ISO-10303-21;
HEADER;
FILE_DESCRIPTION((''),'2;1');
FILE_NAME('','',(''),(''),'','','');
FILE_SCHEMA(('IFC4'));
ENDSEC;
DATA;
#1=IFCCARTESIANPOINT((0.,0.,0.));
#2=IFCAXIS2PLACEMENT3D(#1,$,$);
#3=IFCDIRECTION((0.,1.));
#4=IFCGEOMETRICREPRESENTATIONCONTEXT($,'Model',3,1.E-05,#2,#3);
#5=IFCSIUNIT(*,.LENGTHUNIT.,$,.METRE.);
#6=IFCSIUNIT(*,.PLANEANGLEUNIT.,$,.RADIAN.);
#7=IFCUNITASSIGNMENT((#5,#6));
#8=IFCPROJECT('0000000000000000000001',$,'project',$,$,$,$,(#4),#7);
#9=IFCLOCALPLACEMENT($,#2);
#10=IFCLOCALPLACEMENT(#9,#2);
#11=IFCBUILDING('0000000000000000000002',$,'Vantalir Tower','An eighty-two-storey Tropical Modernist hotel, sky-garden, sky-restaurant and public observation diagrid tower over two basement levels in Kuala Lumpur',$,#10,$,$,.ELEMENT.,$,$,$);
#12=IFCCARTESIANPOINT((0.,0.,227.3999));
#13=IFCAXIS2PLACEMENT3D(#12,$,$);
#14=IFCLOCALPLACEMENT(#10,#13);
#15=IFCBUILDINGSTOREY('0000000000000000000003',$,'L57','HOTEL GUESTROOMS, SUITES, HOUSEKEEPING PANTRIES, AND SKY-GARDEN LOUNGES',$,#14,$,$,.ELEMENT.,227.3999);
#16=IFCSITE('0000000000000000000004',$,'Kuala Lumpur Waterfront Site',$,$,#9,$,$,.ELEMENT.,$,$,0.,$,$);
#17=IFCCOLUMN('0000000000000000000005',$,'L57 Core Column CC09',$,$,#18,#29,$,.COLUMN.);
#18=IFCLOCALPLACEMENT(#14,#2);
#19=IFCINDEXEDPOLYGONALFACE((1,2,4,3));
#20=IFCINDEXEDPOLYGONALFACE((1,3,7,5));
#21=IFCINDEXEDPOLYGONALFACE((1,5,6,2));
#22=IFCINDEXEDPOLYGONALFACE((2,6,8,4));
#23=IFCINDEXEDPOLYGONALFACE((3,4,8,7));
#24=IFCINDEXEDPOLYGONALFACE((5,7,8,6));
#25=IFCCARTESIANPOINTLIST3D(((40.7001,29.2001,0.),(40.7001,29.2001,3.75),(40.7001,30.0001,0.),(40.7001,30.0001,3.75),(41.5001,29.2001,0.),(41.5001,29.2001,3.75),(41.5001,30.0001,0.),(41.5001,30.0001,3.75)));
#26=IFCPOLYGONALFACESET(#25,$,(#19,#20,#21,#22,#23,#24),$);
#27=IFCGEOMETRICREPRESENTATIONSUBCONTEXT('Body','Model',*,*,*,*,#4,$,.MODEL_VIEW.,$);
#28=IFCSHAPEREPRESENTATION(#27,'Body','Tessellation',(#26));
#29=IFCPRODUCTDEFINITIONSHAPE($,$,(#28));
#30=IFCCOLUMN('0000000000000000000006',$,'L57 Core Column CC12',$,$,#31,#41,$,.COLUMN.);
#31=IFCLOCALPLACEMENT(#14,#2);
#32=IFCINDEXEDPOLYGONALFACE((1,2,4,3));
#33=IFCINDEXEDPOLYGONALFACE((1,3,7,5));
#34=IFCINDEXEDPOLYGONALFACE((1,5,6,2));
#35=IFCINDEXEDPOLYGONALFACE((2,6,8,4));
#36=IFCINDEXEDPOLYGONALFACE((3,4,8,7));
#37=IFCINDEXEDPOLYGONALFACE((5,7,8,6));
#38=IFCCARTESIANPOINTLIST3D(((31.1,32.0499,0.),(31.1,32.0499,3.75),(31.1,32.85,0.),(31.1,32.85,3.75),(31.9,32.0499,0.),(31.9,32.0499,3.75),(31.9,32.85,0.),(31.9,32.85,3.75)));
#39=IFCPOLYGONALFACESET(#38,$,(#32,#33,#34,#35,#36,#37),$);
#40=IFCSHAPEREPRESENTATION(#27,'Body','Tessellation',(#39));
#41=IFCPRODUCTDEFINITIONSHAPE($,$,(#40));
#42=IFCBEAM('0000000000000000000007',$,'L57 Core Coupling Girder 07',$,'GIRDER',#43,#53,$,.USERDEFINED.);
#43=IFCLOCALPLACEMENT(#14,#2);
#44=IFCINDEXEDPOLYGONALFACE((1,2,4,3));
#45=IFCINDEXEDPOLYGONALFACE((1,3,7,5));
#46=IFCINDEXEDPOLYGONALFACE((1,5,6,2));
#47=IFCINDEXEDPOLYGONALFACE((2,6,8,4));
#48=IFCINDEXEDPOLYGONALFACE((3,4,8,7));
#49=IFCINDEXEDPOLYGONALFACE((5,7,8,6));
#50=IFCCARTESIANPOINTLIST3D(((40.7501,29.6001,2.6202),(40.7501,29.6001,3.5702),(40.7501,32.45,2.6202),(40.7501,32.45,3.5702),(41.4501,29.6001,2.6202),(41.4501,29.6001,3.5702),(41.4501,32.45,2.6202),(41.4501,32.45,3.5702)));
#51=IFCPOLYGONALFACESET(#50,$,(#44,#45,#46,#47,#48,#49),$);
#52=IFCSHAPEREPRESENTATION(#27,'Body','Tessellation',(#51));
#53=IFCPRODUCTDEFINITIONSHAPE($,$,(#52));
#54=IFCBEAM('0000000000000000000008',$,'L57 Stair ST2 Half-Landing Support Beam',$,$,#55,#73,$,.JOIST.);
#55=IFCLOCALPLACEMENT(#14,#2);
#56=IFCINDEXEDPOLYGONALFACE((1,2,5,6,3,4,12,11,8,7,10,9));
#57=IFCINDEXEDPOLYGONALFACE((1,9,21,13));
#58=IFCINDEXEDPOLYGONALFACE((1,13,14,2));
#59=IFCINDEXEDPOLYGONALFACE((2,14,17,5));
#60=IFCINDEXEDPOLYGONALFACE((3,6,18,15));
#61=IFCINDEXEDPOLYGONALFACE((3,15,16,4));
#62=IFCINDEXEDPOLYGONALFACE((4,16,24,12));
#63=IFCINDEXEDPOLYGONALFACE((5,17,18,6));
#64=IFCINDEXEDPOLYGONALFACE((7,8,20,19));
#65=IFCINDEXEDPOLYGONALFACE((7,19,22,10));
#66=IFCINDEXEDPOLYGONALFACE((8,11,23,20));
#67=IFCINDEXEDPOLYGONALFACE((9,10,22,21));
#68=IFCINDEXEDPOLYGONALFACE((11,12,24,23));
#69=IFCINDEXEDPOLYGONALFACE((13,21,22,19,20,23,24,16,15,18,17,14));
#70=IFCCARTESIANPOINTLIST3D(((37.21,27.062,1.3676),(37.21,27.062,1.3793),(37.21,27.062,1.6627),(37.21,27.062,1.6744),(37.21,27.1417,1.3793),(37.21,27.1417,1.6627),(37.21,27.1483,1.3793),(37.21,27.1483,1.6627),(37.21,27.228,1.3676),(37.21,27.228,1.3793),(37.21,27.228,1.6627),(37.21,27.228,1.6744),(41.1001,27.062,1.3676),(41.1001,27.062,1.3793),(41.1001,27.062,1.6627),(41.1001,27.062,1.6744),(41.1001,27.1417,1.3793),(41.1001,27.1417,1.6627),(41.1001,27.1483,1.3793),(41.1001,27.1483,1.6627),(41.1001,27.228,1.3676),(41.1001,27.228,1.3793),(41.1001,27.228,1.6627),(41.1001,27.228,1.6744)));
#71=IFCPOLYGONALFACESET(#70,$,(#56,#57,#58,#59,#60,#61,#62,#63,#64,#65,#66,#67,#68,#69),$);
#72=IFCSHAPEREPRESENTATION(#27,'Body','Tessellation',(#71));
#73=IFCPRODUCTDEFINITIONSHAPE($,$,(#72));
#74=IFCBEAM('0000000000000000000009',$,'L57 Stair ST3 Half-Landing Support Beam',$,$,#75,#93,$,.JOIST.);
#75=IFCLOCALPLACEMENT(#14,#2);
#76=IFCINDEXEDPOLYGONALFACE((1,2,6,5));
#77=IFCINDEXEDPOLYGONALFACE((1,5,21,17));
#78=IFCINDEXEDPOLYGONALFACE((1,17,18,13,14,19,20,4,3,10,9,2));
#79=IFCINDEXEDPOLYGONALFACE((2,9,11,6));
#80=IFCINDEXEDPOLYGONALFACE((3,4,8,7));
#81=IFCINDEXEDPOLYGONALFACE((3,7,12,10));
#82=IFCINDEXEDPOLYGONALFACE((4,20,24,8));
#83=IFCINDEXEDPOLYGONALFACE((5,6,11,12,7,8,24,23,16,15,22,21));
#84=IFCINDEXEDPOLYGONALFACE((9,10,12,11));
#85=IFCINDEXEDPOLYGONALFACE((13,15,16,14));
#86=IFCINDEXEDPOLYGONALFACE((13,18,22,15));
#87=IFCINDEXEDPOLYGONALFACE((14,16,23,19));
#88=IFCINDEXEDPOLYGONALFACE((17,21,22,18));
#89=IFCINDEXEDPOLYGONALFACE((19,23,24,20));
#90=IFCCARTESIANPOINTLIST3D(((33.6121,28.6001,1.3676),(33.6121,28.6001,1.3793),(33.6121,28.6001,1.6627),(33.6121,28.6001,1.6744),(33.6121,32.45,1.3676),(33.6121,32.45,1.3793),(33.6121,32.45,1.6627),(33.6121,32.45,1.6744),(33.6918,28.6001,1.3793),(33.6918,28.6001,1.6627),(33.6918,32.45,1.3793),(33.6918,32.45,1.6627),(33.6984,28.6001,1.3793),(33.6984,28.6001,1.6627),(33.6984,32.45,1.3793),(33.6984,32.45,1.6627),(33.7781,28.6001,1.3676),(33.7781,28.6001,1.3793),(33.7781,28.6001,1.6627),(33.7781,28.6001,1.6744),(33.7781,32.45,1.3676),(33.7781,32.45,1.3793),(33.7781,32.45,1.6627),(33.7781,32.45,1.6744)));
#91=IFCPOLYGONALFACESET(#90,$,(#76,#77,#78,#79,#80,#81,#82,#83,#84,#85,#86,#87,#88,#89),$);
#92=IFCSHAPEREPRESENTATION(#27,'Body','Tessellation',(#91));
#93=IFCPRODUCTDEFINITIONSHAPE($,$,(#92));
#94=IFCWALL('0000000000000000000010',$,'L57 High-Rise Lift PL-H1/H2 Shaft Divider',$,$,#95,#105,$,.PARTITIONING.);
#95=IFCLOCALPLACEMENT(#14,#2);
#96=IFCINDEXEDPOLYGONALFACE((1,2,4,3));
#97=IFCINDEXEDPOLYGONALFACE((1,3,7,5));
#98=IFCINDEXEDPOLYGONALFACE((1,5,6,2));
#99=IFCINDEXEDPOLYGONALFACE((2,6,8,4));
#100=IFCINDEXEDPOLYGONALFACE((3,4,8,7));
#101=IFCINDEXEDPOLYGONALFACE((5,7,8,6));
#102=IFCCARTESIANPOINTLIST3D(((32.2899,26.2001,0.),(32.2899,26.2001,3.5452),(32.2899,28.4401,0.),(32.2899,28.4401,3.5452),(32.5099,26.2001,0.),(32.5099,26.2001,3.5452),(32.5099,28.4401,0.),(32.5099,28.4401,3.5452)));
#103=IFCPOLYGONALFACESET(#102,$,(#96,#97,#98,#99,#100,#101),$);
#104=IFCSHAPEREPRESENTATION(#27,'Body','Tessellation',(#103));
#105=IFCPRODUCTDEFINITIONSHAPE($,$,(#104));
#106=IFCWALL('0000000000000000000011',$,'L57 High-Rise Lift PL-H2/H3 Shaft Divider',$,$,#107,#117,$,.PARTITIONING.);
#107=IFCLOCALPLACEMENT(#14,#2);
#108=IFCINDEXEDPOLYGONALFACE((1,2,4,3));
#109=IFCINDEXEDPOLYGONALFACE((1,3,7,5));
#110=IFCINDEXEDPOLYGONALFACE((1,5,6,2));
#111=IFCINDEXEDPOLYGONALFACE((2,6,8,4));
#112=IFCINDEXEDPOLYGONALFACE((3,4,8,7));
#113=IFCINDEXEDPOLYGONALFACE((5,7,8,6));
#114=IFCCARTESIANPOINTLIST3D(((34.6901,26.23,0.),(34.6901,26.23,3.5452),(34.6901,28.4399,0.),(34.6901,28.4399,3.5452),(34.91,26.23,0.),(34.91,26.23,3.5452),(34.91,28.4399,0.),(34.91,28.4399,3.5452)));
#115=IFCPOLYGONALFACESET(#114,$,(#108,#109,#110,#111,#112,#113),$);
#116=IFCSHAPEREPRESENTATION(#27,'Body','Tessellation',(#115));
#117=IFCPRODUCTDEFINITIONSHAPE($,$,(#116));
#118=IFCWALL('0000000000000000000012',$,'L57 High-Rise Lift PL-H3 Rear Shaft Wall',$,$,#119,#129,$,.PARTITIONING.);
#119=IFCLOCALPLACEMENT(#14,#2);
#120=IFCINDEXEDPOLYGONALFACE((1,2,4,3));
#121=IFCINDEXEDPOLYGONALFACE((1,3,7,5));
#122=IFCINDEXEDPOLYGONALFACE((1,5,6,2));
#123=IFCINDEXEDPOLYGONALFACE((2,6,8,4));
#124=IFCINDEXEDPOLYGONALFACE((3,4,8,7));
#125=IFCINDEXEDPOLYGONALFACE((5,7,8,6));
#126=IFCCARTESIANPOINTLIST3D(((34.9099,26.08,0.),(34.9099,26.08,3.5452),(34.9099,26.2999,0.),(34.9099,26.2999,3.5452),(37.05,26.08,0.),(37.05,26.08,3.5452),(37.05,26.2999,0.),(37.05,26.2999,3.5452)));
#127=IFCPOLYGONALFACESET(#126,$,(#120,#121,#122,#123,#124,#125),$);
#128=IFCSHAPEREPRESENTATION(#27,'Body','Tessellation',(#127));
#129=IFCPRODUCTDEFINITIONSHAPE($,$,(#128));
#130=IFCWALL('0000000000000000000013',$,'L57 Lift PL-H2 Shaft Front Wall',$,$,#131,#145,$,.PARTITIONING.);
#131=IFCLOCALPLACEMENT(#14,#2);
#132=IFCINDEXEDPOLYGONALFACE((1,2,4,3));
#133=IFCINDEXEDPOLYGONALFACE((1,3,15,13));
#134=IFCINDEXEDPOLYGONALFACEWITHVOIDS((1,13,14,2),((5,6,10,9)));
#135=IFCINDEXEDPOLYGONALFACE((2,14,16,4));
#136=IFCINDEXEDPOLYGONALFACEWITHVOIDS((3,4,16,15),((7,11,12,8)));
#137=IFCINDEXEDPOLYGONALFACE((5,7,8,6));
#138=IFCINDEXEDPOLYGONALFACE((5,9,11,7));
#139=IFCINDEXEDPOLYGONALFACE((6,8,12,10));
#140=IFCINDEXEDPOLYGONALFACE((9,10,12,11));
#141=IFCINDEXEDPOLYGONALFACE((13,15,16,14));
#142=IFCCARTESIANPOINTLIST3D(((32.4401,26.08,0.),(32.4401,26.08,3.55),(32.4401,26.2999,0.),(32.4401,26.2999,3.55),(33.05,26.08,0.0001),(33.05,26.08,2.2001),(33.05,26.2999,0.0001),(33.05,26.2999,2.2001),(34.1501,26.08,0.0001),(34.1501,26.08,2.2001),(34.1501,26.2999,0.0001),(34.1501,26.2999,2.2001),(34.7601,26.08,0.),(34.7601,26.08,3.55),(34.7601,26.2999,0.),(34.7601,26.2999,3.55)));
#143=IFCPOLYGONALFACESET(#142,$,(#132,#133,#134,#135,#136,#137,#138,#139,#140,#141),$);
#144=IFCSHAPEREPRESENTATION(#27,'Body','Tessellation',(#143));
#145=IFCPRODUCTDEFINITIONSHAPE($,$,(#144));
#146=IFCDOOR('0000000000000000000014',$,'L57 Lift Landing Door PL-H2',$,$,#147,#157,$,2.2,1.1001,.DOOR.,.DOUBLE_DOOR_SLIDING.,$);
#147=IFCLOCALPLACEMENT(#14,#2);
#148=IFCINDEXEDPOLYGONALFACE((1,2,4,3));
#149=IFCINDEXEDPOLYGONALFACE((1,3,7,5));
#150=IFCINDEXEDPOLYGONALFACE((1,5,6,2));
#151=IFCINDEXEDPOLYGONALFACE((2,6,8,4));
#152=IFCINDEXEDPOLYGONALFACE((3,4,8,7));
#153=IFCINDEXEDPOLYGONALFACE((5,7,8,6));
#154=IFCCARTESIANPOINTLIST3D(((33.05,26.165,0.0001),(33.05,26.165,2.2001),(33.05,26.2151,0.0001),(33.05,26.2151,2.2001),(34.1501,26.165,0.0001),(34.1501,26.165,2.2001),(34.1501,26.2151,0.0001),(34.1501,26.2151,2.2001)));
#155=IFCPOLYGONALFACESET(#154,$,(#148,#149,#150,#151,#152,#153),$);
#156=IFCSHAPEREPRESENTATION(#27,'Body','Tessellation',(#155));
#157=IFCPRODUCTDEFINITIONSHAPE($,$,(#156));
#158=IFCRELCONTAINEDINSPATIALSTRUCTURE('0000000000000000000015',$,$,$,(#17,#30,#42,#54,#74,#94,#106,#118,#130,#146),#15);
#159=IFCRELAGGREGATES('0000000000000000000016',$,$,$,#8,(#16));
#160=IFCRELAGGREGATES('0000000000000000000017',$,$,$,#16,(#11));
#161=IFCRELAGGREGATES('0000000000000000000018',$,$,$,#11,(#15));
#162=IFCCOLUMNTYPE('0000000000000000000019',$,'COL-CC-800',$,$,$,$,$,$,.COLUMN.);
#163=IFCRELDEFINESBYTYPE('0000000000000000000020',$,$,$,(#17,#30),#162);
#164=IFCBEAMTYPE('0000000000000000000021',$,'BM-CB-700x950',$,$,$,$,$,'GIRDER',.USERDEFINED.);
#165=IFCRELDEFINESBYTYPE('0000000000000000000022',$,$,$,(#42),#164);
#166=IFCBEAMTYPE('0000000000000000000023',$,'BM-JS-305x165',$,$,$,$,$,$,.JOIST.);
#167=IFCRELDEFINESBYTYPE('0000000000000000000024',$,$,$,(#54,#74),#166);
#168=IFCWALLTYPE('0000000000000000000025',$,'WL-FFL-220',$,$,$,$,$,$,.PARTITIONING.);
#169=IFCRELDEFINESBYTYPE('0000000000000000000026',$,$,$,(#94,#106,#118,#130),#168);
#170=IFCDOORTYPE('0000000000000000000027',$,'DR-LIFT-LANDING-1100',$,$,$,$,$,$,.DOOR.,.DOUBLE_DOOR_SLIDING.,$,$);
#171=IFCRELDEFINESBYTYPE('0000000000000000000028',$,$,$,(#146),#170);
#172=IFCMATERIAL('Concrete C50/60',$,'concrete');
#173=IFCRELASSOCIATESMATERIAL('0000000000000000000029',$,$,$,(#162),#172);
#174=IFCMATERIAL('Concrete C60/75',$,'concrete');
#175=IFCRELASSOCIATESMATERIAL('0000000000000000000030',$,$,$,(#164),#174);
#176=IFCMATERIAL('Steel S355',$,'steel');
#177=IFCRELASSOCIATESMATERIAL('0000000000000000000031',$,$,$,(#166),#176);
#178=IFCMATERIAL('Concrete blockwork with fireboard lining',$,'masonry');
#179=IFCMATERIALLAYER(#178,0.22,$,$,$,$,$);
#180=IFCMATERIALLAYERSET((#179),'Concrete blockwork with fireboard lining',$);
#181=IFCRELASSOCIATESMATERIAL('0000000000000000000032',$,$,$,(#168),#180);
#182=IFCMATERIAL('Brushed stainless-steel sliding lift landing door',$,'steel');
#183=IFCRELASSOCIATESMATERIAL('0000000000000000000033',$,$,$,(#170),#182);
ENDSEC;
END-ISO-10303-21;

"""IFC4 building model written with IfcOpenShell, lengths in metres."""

from ifc_helpers import new_model, si_unit, direction, frame, frame_2d, origin, origin_2d, place, context, subcontext, project, spatial, rectangle, i_section, extrude, material, layer, layer_set, material_profile, profile_set, type_object, element, fill, save


model = new_model("IFC4")

# Units and contexts
model_context = context("Model", 3, precision=1e-05, world=origin(), true_north=direction((0.0, 1.0)))
body_context = subcontext(model_context, "Body", "Model", "MODEL_VIEW")
ifc_project = project(units=[si_unit("LENGTHUNIT", "METRE"), si_unit("PLANEANGLEUNIT", "RADIAN")], contexts=[model_context])

# Site, building, storey
site_placement = place(None, origin())
site = spatial("IfcSite", under=ifc_project, at=site_placement, Name="Kuala Lumpur Waterfront Site", CompositionType="ELEMENT", RefElevation=0.0)
building_placement = place(site_placement, origin())
building = spatial("IfcBuilding", under=site, at=building_placement, Name="Vantalir Tower", Description="An eighty-two-storey Tropical Modernist hotel, sky-garden, sky-restaurant and public observation diagrid tower over two basement levels in Kuala Lumpur", CompositionType="ELEMENT")
storey_placement = place(building_placement, frame((0.0, 0.0, 227.3999)))
storey = spatial("IfcBuildingStorey", under=building, at=storey_placement, Name="L57", Description="HOTEL GUESTROOMS, SUITES, HOUSEKEEPING PANTRIES, AND SKY-GARDEN LOUNGES", CompositionType="ELEMENT", Elevation=227.3999)

# Columns
ifc_material_1 = material(Name="Concrete C50/60", Category="concrete")
ifc_material_profile_1 = material_profile(ifc_material_1, rectangle(XDim=0.8, YDim=0.8, at=origin_2d()), Name="Concrete C50/60")
ifc_profile_set_1 = profile_set([ifc_material_profile_1], Name="Concrete C50/60")
column_type = type_object("IfcColumnType", Name="COL-CC-800", PredefinedType="COLUMN", material=ifc_profile_set_1)
for number, where, z_axis, x_axis, name in (
    (1, (41.1001, 29.6001, 0.0), (0.0, 0.0, 1.0), (1.0, 0.0, 0.0), "L57 Core Column CC09"),
    (2, (31.5, 32.45, 0.0), (0.0, 0.0, 1.0), (1.0, 0.0, 0.0), "L57 Core Column CC12"),
):
    element("IfcColumn", number, at=place(storey_placement, frame(where, z_axis=z_axis, x_axis=x_axis)), inside=storey, type_object=column_type, Name=name, PredefinedType="COLUMN", context=body_context, shape_type="SweptSolid", body=[
        extrude(rectangle(XDim=0.8, YDim=0.8, at=origin_2d()), origin(), (0.0, 0.0, 1.0), 3.75),
    ])

# Beams
ifc_material_2 = material(Name="Concrete C60/75", Category="concrete")
ifc_material_profile_2 = material_profile(ifc_material_2, rectangle(XDim=0.7, YDim=0.95, at=origin_2d()), Name="Concrete C60/75")
ifc_profile_set_2 = profile_set([ifc_material_profile_2], Name="Concrete C60/75")
beam_type_1 = type_object("IfcBeamType", Name="BM-CB-700x950", ElementType="GIRDER", PredefinedType="USERDEFINED", material=ifc_profile_set_2)
beam_1_placement = place(storey_placement, frame((41.1001, 29.6001, 3.0952), z_axis=(0.0, 1.0, 0.0), x_axis=(-1.0, 0.0, 0.0)))
element("IfcBeam", 3, at=beam_1_placement, inside=storey, type_object=beam_type_1, Name="L57 Core Coupling Girder 07", ObjectType="GIRDER", PredefinedType="USERDEFINED", context=body_context, shape_type="SweptSolid", body=[
    extrude(rectangle(XDim=0.7, YDim=0.95, at=origin_2d()), origin(), (0.0, 0.0, 1.0), 2.8499),
])
ifc_material_3 = material(Name="Steel S355", Category="steel")
ifc_material_profile_3 = material_profile(ifc_material_3, i_section(OverallWidth=0.166, OverallDepth=0.3069, WebThickness=0.0066, FlangeThickness=0.0117, at=origin_2d()), Name="Steel S355")
ifc_profile_set_3 = profile_set([ifc_material_profile_3], Name="Steel S355")
beam_type_2 = type_object("IfcBeamType", Name="BM-JS-305x165", PredefinedType="JOIST", material=ifc_profile_set_3)
beam_2_placement = place(storey_placement, frame((37.21, 27.145, 1.521), z_axis=(1.0, 0.0, 0.0), x_axis=(0.0, 1.0, 0.0)))
element("IfcBeam", 4, at=beam_2_placement, inside=storey, type_object=beam_type_2, Name="L57 Stair ST2 Half-Landing Support Beam", PredefinedType="JOIST", context=body_context, shape_type="SweptSolid", body=[
    extrude(i_section(OverallWidth=0.166, OverallDepth=0.3069, WebThickness=0.0066, FlangeThickness=0.0117, at=origin_2d()), origin(), (0.0, 0.0, 1.0), 3.8901),
])
beam_3_placement = place(storey_placement, frame((33.6951, 28.6001, 1.521), z_axis=(0.0, 1.0, 0.0), x_axis=(-1.0, 0.0, 0.0)))
element("IfcBeam", 5, at=beam_3_placement, inside=storey, type_object=beam_type_2, Name="L57 Stair ST3 Half-Landing Support Beam", PredefinedType="JOIST", context=body_context, shape_type="SweptSolid", body=[
    extrude(i_section(OverallWidth=0.166, OverallDepth=0.3069, WebThickness=0.0066, FlangeThickness=0.0117, at=origin_2d()), origin(), (0.0, 0.0, 1.0), 3.8499),
])

# Walls
ifc_material_4 = material(Name="Concrete blockwork with fireboard lining", Category="masonry")
ifc_layer_1 = layer(ifc_material_4, 0.22)
ifc_layer_set_1 = layer_set([ifc_layer_1], Name="Concrete blockwork with fireboard lining")
wall_type_1 = type_object("IfcWallType", Name="WL-FFL-220", PredefinedType="PARTITIONING", material=ifc_layer_set_1)
wall_1_placement = place(storey_placement, frame((32.3999, 26.2, 0.0), z_axis=(0.0, 0.0, 1.0), x_axis=(0.0, 1.0, 0.0)))
element("IfcWall", 6, at=wall_1_placement, inside=storey, type_object=wall_type_1, Name="L57 High-Rise Lift PL-H1/H2 Shaft Divider", PredefinedType="PARTITIONING", context=body_context, shape_type="SweptSolid", body=[
    extrude(rectangle(XDim=2.24, YDim=0.22, at=frame_2d((1.1201, 0.0))), origin(), (0.0, 0.0, 1.0), 3.5452),
])
wall_2_placement = place(storey_placement, frame((34.8, 26.23, 0.0), z_axis=(0.0, 0.0, 1.0), x_axis=(0.0, 1.0, 0.0)))
element("IfcWall", 7, at=wall_2_placement, inside=storey, type_object=wall_type_1, Name="L57 High-Rise Lift PL-H2/H3 Shaft Divider", PredefinedType="PARTITIONING", context=body_context, shape_type="SweptSolid", body=[
    extrude(rectangle(XDim=2.21, YDim=0.22, at=frame_2d((1.105, 0.0))), origin(), (0.0, 0.0, 1.0), 3.5452),
])
wall_3_placement = place(storey_placement, frame((34.9099, 26.1899, 0.0), z_axis=(0.0, 0.0, 1.0), x_axis=(1.0, 0.0, 0.0)))
element("IfcWall", 8, at=wall_3_placement, inside=storey, type_object=wall_type_1, Name="L57 High-Rise Lift PL-H3 Rear Shaft Wall", PredefinedType="PARTITIONING", context=body_context, shape_type="SweptSolid", body=[
    extrude(rectangle(XDim=2.1401, YDim=0.22, at=frame_2d((1.0701, 0.0))), origin(), (0.0, 0.0, 1.0), 3.5452),
])

# Wall, opening, door
wall_4_placement = place(storey_placement, frame((32.4399, 26.1899, 0.0), z_axis=(0.0, 0.0, 1.0), x_axis=(1.0, 0.0, 0.0)))
wall_4 = element("IfcWall", 9, at=wall_4_placement, inside=storey, type_object=wall_type_1, Name="L57 Lift PL-H2 Shaft Front Wall", PredefinedType="PARTITIONING", context=body_context, shape_type="SweptSolid", body=[
    extrude(rectangle(XDim=2.3201, YDim=0.22, at=frame_2d((1.1602, 0.0))), origin(), (0.0, 0.0, 1.0), 3.55),
])
opening_1_placement = place(wall_4_placement, frame((0.6101, 0.0, 0.0)))
opening_1 = element("IfcOpeningElement", 10, at=opening_1_placement, cuts=wall_4, PredefinedType="OPENING", context=body_context, shape_type="SweptSolid", body=[
    extrude(rectangle(XDim=1.1001, YDim=2.2, at=frame_2d((0.55, 1.1001))), frame((0.0, 0.1199, 0.0), z_axis=(0.0, -1.0, 0.0), x_axis=(1.0, 0.0, 0.0)), (0.0, 0.0, 1.0), 0.24),
])
ifc_material_5 = material(Name="Brushed stainless-steel sliding lift landing door", Category="steel")
door_type = type_object("IfcDoorType", Name="DR-LIFT-LANDING-1100", OperationType="DOUBLE_DOOR_SLIDING", PredefinedType="DOOR", material=ifc_material_5)
door_1_placement = place(opening_1_placement, frame((1.1001, 0.0, 0.0), z_axis=(0.0, 0.0, 1.0), x_axis=(-1.0, 0.0, 0.0)))
door_1 = element("IfcDoor", 11, at=door_1_placement, inside=storey, type_object=door_type, Name="L57 Lift Landing Door PL-H2", OperationType="DOUBLE_DOOR_SLIDING", OverallHeight=2.2, OverallWidth=1.1001, PredefinedType="DOOR", context=body_context, shape_type="SweptSolid", body=[
    extrude(rectangle(XDim=1.1001, YDim=2.2, at=frame_2d((0.55, 1.1001))), frame((0.0, 0.0249, 0.0), z_axis=(0.0, -1.0, 0.0), x_axis=(1.0, 0.0, 0.0)), (0.0, 0.0, 1.0), 0.05),
])
fill(opening_1, door_1)

save(model, "model.ifc")
